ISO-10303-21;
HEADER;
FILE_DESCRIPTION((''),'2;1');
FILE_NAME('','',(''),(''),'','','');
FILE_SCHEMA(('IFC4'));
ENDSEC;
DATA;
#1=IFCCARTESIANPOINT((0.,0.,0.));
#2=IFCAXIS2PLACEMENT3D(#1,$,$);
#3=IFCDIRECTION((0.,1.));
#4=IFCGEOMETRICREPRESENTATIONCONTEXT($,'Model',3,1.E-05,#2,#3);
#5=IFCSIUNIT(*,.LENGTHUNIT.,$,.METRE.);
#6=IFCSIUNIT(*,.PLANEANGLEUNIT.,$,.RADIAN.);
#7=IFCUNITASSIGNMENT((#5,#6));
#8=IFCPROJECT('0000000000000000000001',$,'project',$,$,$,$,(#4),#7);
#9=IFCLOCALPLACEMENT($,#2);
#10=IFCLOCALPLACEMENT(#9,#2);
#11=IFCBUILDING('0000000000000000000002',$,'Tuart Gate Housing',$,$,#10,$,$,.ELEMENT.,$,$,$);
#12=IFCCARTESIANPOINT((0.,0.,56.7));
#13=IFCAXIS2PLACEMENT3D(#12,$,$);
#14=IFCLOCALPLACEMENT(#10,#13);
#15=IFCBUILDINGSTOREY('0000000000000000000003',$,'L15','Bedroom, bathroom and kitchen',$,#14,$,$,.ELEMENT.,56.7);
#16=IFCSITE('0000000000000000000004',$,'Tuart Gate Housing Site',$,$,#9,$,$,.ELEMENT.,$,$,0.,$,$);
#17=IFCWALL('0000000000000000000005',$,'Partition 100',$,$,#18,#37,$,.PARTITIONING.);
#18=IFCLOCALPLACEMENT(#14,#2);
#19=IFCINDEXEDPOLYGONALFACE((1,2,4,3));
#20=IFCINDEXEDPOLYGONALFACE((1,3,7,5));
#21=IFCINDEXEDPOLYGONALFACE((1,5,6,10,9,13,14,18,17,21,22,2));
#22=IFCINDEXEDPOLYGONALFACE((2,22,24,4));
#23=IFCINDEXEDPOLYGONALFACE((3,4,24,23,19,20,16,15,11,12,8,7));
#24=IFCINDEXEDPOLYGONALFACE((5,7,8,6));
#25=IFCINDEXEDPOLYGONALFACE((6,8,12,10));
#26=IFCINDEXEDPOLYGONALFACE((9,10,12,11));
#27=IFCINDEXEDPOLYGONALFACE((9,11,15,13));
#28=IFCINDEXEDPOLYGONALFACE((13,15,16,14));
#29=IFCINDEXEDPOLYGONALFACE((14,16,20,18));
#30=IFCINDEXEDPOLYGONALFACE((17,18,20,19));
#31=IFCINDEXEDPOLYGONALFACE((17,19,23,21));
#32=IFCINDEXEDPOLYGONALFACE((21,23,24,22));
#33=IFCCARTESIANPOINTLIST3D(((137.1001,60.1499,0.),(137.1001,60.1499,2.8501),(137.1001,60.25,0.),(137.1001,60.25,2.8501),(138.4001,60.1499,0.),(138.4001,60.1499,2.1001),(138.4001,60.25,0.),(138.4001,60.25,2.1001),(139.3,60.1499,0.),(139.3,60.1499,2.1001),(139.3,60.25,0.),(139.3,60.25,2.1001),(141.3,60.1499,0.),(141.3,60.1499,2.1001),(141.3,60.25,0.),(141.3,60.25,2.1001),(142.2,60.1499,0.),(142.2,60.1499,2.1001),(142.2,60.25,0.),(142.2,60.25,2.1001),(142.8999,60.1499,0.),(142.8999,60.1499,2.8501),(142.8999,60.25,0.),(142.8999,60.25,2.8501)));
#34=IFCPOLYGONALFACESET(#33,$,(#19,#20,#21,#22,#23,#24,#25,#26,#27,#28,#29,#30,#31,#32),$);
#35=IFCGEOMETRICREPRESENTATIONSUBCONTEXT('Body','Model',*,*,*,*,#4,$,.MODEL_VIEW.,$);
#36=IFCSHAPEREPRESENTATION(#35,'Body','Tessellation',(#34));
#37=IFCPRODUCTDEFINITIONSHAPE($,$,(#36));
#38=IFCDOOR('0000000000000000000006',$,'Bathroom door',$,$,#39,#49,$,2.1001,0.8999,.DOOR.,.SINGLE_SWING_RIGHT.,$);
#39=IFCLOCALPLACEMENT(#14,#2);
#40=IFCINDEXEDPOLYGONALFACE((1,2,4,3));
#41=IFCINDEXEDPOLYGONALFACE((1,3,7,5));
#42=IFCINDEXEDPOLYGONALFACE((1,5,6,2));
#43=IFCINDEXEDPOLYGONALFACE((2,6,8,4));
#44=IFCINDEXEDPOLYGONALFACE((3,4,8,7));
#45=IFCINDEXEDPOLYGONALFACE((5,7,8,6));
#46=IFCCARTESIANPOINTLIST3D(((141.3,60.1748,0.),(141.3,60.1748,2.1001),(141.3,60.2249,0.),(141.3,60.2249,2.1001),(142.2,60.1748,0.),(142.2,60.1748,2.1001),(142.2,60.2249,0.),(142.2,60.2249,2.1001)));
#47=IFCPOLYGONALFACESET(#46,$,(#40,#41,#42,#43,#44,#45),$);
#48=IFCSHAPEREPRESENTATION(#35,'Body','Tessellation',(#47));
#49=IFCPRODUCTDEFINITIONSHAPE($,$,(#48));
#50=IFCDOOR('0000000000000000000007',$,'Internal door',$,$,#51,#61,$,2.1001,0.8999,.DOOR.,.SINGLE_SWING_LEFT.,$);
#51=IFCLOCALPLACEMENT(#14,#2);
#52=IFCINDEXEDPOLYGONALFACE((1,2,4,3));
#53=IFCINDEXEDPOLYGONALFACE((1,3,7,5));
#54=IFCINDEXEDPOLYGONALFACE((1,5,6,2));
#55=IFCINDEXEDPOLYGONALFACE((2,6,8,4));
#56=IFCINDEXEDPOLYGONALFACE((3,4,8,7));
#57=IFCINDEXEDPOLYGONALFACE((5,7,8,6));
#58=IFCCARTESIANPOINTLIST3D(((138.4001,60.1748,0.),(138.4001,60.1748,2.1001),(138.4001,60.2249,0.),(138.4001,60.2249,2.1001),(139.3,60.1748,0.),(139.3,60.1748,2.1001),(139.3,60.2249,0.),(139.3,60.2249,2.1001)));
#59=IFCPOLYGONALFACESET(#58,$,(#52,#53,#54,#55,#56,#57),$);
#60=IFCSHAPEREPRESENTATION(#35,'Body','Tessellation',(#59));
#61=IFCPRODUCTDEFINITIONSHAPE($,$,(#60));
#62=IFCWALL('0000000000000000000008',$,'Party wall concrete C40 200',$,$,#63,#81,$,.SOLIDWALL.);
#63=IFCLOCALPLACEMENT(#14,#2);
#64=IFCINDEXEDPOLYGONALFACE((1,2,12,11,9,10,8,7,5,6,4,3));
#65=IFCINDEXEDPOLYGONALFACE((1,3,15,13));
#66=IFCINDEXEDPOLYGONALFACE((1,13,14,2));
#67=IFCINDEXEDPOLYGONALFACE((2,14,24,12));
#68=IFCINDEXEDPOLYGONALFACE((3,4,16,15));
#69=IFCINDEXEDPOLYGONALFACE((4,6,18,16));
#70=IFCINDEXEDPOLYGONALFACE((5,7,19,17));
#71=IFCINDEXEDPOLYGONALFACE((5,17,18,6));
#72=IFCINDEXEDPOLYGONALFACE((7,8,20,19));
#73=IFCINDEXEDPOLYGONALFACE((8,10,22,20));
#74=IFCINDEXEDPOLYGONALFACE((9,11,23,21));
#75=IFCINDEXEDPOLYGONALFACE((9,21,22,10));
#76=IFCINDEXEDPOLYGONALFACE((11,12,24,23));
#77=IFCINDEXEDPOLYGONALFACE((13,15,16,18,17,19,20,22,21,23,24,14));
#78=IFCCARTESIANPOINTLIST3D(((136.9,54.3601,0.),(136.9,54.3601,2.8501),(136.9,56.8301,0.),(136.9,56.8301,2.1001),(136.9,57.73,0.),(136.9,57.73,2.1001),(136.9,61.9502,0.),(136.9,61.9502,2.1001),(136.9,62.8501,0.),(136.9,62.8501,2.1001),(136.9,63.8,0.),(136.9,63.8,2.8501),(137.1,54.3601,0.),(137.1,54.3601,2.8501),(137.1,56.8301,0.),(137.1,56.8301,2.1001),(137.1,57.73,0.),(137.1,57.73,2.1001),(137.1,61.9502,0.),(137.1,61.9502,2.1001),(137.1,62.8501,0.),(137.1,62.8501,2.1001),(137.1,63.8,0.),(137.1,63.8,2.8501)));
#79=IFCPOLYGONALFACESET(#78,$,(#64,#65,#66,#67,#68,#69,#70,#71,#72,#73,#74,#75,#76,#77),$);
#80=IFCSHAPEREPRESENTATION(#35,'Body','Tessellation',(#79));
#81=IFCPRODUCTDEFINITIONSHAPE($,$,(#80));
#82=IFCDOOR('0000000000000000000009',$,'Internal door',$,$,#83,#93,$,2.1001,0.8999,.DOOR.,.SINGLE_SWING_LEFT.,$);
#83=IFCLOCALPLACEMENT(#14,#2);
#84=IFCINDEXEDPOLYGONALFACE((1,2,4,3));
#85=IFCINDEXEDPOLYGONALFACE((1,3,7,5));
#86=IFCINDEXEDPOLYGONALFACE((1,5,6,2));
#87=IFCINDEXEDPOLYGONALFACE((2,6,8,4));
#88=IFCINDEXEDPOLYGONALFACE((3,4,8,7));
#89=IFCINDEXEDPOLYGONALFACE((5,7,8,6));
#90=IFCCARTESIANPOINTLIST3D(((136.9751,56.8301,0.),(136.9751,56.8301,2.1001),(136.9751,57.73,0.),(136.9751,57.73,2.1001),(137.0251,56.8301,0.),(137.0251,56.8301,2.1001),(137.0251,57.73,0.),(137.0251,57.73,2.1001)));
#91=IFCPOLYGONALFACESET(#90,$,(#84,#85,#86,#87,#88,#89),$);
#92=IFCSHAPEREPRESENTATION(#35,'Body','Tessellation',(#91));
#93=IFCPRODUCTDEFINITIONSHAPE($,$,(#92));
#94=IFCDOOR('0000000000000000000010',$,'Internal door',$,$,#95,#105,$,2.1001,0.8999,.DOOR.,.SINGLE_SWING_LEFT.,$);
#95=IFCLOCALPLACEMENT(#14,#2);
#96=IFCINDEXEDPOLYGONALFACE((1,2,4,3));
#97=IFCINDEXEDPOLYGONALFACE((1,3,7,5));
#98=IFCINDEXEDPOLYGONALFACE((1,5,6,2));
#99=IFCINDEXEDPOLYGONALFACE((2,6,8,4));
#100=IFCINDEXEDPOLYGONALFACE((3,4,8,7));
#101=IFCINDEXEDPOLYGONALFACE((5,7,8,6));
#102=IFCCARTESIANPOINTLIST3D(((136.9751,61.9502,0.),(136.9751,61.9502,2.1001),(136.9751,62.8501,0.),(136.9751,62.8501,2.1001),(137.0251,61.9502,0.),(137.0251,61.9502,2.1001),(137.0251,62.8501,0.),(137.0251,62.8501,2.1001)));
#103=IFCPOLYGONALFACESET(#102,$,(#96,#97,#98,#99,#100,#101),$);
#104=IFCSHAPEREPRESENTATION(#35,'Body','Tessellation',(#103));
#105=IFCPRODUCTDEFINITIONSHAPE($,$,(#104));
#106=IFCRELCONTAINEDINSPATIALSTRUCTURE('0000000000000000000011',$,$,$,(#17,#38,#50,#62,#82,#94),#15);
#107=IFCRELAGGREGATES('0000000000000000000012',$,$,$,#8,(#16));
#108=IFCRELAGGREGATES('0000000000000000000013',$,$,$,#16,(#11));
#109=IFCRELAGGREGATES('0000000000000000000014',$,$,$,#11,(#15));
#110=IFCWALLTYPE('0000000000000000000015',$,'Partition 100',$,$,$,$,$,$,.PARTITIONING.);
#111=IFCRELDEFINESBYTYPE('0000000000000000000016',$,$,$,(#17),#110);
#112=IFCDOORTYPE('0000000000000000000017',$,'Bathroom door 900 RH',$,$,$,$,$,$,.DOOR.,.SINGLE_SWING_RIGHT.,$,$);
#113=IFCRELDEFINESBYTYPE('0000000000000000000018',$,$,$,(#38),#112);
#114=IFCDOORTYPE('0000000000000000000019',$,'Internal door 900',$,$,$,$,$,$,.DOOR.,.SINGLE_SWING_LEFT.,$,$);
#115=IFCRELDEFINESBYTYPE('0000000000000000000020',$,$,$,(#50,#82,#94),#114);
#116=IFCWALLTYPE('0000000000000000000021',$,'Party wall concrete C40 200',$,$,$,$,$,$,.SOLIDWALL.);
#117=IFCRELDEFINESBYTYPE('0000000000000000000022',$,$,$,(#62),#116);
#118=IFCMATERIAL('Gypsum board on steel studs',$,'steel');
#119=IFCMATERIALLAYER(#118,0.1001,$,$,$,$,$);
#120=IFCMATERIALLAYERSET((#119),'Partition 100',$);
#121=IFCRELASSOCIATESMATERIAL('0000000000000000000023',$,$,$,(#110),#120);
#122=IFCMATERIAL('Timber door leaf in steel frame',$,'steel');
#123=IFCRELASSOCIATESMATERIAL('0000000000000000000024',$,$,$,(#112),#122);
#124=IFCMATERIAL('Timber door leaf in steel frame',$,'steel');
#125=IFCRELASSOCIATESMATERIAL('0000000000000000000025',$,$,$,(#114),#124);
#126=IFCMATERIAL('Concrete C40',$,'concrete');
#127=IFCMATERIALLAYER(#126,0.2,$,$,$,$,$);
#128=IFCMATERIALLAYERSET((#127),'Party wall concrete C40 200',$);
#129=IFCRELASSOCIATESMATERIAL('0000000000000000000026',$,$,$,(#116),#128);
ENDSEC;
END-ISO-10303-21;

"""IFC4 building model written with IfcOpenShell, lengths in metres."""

from ifc_helpers import new_model, si_unit, direction, frame, frame_2d, origin, place, context, subcontext, project, spatial, rectangle, extrude, material, layer, layer_set, type_object, element, fill, save


model = new_model("IFC4")

# Units and contexts
model_context = context("Model", 3, precision=1e-05, world=origin(), true_north=direction((0.0, 1.0)))
body_context = subcontext(model_context, "Body", "Model", "MODEL_VIEW")
ifc_project = project(units=[si_unit("LENGTHUNIT", "METRE"), si_unit("PLANEANGLEUNIT", "RADIAN")], contexts=[model_context])

# Site, building, storey
site_placement = place(None, origin())
site = spatial("IfcSite", under=ifc_project, at=site_placement, Name="Tuart Gate Housing Site", CompositionType="ELEMENT", RefElevation=0.0)
building_placement = place(site_placement, origin())
building = spatial("IfcBuilding", under=site, at=building_placement, Name="Tuart Gate Housing", CompositionType="ELEMENT")
storey_placement = place(building_placement, frame((0.0, 0.0, 56.7)))
storey = spatial("IfcBuildingStorey", under=building, at=storey_placement, Name="L15", Description="Bedroom, bathroom and kitchen", CompositionType="ELEMENT", Elevation=56.7)

# Walls, openings, doors
ifc_material_1 = material(Name="Gypsum board on steel studs", Category="steel")
ifc_layer_1 = layer(ifc_material_1, 0.1001)
ifc_layer_set_1 = layer_set([ifc_layer_1], Name="Partition 100")
wall_type_1 = type_object("IfcWallType", Name="Partition 100", PredefinedType="PARTITIONING", material=ifc_layer_set_1)
wall_1_placement = place(storey_placement, frame((137.1001, 60.2, 0.0), z_axis=(0.0, 0.0, 1.0), x_axis=(1.0, 0.0, 0.0)))
wall_1 = element("IfcWall", 1, at=wall_1_placement, inside=storey, type_object=wall_type_1, Name="Partition 100", PredefinedType="PARTITIONING", context=body_context, shape_type="SweptSolid", body=[
    extrude(rectangle(XDim=5.7998, YDim=0.1001, at=frame_2d((2.8999, 0.0))), origin(), (0.0, 0.0, 1.0), 2.8501),
])
opening_1_placement = place(wall_1_placement, frame((1.3, 0.0, 0.0)))
opening_1 = element("IfcOpeningElement", 2, at=opening_1_placement, cuts=wall_1, PredefinedType="OPENING", context=body_context, shape_type="SweptSolid", body=[
    extrude(rectangle(XDim=0.8999, YDim=2.1001, at=frame_2d((0.45, 1.05))), frame((0.0, 0.0601, 0.0), z_axis=(0.0, -1.0, 0.0), x_axis=(1.0, 0.0, 0.0)), (0.0, 0.0, 1.0), 0.1201),
])
opening_2_placement = place(wall_1_placement, frame((4.2, 0.0, 0.0)))
opening_2 = element("IfcOpeningElement", 3, at=opening_2_placement, cuts=wall_1, PredefinedType="OPENING", context=body_context, shape_type="SweptSolid", body=[
    extrude(rectangle(XDim=0.8999, YDim=2.1001, at=frame_2d((0.45, 1.05))), frame((0.0, 0.0601, 0.0), z_axis=(0.0, -1.0, 0.0), x_axis=(1.0, 0.0, 0.0)), (0.0, 0.0, 1.0), 0.1201),
])
ifc_material_2 = material(Name="Timber door leaf in steel frame", Category="steel")
door_type_1 = type_object("IfcDoorType", Name="Bathroom door 900 RH", OperationType="SINGLE_SWING_RIGHT", PredefinedType="DOOR", material=ifc_material_2)
door_1_placement = place(opening_2_placement, frame((0.8999, 0.0, 0.0), z_axis=(0.0, 0.0, 1.0), x_axis=(-1.0, 0.0, 0.0)))
door_1 = element("IfcDoor", 4, at=door_1_placement, inside=storey, type_object=door_type_1, Name="Bathroom door", OperationType="SINGLE_SWING_RIGHT", OverallHeight=2.1001, OverallWidth=0.8999, PredefinedType="DOOR", context=body_context, shape_type="SweptSolid", body=[
    extrude(rectangle(XDim=0.8999, YDim=2.1001, at=frame_2d((0.45, 1.05))), frame((0.0, 0.0251, 0.0), z_axis=(0.0, -1.0, 0.0), x_axis=(1.0, 0.0, 0.0)), (0.0, 0.0, 1.0), 0.05),
])
fill(opening_2, door_1)
ifc_material_3 = material(Name="Timber door leaf in steel frame", Category="steel")
door_type_2 = type_object("IfcDoorType", Name="Internal door 900", OperationType="SINGLE_SWING_LEFT", PredefinedType="DOOR", material=ifc_material_3)
door_2_placement = place(opening_1_placement, origin())
door_2 = element("IfcDoor", 5, at=door_2_placement, inside=storey, type_object=door_type_2, Name="Internal door", OperationType="SINGLE_SWING_LEFT", OverallHeight=2.1001, OverallWidth=0.8999, PredefinedType="DOOR", context=body_context, shape_type="SweptSolid", body=[
    extrude(rectangle(XDim=0.8999, YDim=2.1001, at=frame_2d((0.45, 1.05))), frame((0.0, 0.0249, 0.0), z_axis=(0.0, -1.0, 0.0), x_axis=(1.0, 0.0, 0.0)), (0.0, 0.0, 1.0), 0.05),
])
fill(opening_1, door_2)
ifc_material_4 = material(Name="Concrete C40", Category="concrete")
ifc_layer_2 = layer(ifc_material_4, 0.2)
ifc_layer_set_2 = layer_set([ifc_layer_2], Name="Party wall concrete C40 200")
wall_type_2 = type_object("IfcWallType", Name="Party wall concrete C40 200", PredefinedType="SOLIDWALL", material=ifc_layer_set_2)
wall_2_placement = place(storey_placement, frame((137.0, 54.3601, 0.0), z_axis=(0.0, 0.0, 1.0), x_axis=(0.0, 1.0, 0.0)))
wall_2 = element("IfcWall", 6, at=wall_2_placement, inside=storey, type_object=wall_type_2, Name="Party wall concrete C40 200", PredefinedType="SOLIDWALL", context=body_context, shape_type="SweptSolid", body=[
    extrude(rectangle(XDim=9.4399, YDim=0.2, at=frame_2d((4.72, 0.0))), origin(), (0.0, 0.0, 1.0), 2.8501),
])
opening_3_placement = place(wall_2_placement, frame((2.47, 0.0, 0.0)))
opening_3 = element("IfcOpeningElement", 7, at=opening_3_placement, cuts=wall_2, PredefinedType="OPENING", context=body_context, shape_type="SweptSolid", body=[
    extrude(rectangle(XDim=0.8999, YDim=2.1001, at=frame_2d((0.45, 1.05))), frame((0.0, 0.1099, 0.0), z_axis=(0.0, -1.0, 0.0), x_axis=(1.0, 0.0, 0.0)), (0.0, 0.0, 1.0), 0.22),
])
opening_4_placement = place(wall_2_placement, frame((7.5901, 0.0, 0.0)))
opening_4 = element("IfcOpeningElement", 8, at=opening_4_placement, cuts=wall_2, PredefinedType="OPENING", context=body_context, shape_type="SweptSolid", body=[
    extrude(rectangle(XDim=0.8999, YDim=2.1001, at=frame_2d((0.45, 1.05))), frame((0.0, 0.1099, 0.0), z_axis=(0.0, -1.0, 0.0), x_axis=(1.0, 0.0, 0.0)), (0.0, 0.0, 1.0), 0.22),
])
door_3_placement = place(opening_3_placement, origin())
door_3 = element("IfcDoor", 9, at=door_3_placement, inside=storey, type_object=door_type_2, Name="Internal door", OperationType="SINGLE_SWING_LEFT", OverallHeight=2.1001, OverallWidth=0.8999, PredefinedType="DOOR", context=body_context, shape_type="SweptSolid", body=[
    extrude(rectangle(XDim=0.8999, YDim=2.1001, at=frame_2d((0.45, 1.05))), frame((0.0, 0.0249, 0.0), z_axis=(0.0, -1.0, 0.0), x_axis=(1.0, 0.0, 0.0)), (0.0, 0.0, 1.0), 0.05),
])
fill(opening_3, door_3)
door_4_placement = place(opening_4_placement, origin())
door_4 = element("IfcDoor", 10, at=door_4_placement, inside=storey, type_object=door_type_2, Name="Internal door", OperationType="SINGLE_SWING_LEFT", OverallHeight=2.1001, OverallWidth=0.8999, PredefinedType="DOOR", context=body_context, shape_type="SweptSolid", body=[
    extrude(rectangle(XDim=0.8999, YDim=2.1001, at=frame_2d((0.45, 1.05))), frame((0.0, 0.0249, 0.0), z_axis=(0.0, -1.0, 0.0), x_axis=(1.0, 0.0, 0.0)), (0.0, 0.0, 1.0), 0.05),
])
fill(opening_4, door_4)

save(model, "model.ifc")
